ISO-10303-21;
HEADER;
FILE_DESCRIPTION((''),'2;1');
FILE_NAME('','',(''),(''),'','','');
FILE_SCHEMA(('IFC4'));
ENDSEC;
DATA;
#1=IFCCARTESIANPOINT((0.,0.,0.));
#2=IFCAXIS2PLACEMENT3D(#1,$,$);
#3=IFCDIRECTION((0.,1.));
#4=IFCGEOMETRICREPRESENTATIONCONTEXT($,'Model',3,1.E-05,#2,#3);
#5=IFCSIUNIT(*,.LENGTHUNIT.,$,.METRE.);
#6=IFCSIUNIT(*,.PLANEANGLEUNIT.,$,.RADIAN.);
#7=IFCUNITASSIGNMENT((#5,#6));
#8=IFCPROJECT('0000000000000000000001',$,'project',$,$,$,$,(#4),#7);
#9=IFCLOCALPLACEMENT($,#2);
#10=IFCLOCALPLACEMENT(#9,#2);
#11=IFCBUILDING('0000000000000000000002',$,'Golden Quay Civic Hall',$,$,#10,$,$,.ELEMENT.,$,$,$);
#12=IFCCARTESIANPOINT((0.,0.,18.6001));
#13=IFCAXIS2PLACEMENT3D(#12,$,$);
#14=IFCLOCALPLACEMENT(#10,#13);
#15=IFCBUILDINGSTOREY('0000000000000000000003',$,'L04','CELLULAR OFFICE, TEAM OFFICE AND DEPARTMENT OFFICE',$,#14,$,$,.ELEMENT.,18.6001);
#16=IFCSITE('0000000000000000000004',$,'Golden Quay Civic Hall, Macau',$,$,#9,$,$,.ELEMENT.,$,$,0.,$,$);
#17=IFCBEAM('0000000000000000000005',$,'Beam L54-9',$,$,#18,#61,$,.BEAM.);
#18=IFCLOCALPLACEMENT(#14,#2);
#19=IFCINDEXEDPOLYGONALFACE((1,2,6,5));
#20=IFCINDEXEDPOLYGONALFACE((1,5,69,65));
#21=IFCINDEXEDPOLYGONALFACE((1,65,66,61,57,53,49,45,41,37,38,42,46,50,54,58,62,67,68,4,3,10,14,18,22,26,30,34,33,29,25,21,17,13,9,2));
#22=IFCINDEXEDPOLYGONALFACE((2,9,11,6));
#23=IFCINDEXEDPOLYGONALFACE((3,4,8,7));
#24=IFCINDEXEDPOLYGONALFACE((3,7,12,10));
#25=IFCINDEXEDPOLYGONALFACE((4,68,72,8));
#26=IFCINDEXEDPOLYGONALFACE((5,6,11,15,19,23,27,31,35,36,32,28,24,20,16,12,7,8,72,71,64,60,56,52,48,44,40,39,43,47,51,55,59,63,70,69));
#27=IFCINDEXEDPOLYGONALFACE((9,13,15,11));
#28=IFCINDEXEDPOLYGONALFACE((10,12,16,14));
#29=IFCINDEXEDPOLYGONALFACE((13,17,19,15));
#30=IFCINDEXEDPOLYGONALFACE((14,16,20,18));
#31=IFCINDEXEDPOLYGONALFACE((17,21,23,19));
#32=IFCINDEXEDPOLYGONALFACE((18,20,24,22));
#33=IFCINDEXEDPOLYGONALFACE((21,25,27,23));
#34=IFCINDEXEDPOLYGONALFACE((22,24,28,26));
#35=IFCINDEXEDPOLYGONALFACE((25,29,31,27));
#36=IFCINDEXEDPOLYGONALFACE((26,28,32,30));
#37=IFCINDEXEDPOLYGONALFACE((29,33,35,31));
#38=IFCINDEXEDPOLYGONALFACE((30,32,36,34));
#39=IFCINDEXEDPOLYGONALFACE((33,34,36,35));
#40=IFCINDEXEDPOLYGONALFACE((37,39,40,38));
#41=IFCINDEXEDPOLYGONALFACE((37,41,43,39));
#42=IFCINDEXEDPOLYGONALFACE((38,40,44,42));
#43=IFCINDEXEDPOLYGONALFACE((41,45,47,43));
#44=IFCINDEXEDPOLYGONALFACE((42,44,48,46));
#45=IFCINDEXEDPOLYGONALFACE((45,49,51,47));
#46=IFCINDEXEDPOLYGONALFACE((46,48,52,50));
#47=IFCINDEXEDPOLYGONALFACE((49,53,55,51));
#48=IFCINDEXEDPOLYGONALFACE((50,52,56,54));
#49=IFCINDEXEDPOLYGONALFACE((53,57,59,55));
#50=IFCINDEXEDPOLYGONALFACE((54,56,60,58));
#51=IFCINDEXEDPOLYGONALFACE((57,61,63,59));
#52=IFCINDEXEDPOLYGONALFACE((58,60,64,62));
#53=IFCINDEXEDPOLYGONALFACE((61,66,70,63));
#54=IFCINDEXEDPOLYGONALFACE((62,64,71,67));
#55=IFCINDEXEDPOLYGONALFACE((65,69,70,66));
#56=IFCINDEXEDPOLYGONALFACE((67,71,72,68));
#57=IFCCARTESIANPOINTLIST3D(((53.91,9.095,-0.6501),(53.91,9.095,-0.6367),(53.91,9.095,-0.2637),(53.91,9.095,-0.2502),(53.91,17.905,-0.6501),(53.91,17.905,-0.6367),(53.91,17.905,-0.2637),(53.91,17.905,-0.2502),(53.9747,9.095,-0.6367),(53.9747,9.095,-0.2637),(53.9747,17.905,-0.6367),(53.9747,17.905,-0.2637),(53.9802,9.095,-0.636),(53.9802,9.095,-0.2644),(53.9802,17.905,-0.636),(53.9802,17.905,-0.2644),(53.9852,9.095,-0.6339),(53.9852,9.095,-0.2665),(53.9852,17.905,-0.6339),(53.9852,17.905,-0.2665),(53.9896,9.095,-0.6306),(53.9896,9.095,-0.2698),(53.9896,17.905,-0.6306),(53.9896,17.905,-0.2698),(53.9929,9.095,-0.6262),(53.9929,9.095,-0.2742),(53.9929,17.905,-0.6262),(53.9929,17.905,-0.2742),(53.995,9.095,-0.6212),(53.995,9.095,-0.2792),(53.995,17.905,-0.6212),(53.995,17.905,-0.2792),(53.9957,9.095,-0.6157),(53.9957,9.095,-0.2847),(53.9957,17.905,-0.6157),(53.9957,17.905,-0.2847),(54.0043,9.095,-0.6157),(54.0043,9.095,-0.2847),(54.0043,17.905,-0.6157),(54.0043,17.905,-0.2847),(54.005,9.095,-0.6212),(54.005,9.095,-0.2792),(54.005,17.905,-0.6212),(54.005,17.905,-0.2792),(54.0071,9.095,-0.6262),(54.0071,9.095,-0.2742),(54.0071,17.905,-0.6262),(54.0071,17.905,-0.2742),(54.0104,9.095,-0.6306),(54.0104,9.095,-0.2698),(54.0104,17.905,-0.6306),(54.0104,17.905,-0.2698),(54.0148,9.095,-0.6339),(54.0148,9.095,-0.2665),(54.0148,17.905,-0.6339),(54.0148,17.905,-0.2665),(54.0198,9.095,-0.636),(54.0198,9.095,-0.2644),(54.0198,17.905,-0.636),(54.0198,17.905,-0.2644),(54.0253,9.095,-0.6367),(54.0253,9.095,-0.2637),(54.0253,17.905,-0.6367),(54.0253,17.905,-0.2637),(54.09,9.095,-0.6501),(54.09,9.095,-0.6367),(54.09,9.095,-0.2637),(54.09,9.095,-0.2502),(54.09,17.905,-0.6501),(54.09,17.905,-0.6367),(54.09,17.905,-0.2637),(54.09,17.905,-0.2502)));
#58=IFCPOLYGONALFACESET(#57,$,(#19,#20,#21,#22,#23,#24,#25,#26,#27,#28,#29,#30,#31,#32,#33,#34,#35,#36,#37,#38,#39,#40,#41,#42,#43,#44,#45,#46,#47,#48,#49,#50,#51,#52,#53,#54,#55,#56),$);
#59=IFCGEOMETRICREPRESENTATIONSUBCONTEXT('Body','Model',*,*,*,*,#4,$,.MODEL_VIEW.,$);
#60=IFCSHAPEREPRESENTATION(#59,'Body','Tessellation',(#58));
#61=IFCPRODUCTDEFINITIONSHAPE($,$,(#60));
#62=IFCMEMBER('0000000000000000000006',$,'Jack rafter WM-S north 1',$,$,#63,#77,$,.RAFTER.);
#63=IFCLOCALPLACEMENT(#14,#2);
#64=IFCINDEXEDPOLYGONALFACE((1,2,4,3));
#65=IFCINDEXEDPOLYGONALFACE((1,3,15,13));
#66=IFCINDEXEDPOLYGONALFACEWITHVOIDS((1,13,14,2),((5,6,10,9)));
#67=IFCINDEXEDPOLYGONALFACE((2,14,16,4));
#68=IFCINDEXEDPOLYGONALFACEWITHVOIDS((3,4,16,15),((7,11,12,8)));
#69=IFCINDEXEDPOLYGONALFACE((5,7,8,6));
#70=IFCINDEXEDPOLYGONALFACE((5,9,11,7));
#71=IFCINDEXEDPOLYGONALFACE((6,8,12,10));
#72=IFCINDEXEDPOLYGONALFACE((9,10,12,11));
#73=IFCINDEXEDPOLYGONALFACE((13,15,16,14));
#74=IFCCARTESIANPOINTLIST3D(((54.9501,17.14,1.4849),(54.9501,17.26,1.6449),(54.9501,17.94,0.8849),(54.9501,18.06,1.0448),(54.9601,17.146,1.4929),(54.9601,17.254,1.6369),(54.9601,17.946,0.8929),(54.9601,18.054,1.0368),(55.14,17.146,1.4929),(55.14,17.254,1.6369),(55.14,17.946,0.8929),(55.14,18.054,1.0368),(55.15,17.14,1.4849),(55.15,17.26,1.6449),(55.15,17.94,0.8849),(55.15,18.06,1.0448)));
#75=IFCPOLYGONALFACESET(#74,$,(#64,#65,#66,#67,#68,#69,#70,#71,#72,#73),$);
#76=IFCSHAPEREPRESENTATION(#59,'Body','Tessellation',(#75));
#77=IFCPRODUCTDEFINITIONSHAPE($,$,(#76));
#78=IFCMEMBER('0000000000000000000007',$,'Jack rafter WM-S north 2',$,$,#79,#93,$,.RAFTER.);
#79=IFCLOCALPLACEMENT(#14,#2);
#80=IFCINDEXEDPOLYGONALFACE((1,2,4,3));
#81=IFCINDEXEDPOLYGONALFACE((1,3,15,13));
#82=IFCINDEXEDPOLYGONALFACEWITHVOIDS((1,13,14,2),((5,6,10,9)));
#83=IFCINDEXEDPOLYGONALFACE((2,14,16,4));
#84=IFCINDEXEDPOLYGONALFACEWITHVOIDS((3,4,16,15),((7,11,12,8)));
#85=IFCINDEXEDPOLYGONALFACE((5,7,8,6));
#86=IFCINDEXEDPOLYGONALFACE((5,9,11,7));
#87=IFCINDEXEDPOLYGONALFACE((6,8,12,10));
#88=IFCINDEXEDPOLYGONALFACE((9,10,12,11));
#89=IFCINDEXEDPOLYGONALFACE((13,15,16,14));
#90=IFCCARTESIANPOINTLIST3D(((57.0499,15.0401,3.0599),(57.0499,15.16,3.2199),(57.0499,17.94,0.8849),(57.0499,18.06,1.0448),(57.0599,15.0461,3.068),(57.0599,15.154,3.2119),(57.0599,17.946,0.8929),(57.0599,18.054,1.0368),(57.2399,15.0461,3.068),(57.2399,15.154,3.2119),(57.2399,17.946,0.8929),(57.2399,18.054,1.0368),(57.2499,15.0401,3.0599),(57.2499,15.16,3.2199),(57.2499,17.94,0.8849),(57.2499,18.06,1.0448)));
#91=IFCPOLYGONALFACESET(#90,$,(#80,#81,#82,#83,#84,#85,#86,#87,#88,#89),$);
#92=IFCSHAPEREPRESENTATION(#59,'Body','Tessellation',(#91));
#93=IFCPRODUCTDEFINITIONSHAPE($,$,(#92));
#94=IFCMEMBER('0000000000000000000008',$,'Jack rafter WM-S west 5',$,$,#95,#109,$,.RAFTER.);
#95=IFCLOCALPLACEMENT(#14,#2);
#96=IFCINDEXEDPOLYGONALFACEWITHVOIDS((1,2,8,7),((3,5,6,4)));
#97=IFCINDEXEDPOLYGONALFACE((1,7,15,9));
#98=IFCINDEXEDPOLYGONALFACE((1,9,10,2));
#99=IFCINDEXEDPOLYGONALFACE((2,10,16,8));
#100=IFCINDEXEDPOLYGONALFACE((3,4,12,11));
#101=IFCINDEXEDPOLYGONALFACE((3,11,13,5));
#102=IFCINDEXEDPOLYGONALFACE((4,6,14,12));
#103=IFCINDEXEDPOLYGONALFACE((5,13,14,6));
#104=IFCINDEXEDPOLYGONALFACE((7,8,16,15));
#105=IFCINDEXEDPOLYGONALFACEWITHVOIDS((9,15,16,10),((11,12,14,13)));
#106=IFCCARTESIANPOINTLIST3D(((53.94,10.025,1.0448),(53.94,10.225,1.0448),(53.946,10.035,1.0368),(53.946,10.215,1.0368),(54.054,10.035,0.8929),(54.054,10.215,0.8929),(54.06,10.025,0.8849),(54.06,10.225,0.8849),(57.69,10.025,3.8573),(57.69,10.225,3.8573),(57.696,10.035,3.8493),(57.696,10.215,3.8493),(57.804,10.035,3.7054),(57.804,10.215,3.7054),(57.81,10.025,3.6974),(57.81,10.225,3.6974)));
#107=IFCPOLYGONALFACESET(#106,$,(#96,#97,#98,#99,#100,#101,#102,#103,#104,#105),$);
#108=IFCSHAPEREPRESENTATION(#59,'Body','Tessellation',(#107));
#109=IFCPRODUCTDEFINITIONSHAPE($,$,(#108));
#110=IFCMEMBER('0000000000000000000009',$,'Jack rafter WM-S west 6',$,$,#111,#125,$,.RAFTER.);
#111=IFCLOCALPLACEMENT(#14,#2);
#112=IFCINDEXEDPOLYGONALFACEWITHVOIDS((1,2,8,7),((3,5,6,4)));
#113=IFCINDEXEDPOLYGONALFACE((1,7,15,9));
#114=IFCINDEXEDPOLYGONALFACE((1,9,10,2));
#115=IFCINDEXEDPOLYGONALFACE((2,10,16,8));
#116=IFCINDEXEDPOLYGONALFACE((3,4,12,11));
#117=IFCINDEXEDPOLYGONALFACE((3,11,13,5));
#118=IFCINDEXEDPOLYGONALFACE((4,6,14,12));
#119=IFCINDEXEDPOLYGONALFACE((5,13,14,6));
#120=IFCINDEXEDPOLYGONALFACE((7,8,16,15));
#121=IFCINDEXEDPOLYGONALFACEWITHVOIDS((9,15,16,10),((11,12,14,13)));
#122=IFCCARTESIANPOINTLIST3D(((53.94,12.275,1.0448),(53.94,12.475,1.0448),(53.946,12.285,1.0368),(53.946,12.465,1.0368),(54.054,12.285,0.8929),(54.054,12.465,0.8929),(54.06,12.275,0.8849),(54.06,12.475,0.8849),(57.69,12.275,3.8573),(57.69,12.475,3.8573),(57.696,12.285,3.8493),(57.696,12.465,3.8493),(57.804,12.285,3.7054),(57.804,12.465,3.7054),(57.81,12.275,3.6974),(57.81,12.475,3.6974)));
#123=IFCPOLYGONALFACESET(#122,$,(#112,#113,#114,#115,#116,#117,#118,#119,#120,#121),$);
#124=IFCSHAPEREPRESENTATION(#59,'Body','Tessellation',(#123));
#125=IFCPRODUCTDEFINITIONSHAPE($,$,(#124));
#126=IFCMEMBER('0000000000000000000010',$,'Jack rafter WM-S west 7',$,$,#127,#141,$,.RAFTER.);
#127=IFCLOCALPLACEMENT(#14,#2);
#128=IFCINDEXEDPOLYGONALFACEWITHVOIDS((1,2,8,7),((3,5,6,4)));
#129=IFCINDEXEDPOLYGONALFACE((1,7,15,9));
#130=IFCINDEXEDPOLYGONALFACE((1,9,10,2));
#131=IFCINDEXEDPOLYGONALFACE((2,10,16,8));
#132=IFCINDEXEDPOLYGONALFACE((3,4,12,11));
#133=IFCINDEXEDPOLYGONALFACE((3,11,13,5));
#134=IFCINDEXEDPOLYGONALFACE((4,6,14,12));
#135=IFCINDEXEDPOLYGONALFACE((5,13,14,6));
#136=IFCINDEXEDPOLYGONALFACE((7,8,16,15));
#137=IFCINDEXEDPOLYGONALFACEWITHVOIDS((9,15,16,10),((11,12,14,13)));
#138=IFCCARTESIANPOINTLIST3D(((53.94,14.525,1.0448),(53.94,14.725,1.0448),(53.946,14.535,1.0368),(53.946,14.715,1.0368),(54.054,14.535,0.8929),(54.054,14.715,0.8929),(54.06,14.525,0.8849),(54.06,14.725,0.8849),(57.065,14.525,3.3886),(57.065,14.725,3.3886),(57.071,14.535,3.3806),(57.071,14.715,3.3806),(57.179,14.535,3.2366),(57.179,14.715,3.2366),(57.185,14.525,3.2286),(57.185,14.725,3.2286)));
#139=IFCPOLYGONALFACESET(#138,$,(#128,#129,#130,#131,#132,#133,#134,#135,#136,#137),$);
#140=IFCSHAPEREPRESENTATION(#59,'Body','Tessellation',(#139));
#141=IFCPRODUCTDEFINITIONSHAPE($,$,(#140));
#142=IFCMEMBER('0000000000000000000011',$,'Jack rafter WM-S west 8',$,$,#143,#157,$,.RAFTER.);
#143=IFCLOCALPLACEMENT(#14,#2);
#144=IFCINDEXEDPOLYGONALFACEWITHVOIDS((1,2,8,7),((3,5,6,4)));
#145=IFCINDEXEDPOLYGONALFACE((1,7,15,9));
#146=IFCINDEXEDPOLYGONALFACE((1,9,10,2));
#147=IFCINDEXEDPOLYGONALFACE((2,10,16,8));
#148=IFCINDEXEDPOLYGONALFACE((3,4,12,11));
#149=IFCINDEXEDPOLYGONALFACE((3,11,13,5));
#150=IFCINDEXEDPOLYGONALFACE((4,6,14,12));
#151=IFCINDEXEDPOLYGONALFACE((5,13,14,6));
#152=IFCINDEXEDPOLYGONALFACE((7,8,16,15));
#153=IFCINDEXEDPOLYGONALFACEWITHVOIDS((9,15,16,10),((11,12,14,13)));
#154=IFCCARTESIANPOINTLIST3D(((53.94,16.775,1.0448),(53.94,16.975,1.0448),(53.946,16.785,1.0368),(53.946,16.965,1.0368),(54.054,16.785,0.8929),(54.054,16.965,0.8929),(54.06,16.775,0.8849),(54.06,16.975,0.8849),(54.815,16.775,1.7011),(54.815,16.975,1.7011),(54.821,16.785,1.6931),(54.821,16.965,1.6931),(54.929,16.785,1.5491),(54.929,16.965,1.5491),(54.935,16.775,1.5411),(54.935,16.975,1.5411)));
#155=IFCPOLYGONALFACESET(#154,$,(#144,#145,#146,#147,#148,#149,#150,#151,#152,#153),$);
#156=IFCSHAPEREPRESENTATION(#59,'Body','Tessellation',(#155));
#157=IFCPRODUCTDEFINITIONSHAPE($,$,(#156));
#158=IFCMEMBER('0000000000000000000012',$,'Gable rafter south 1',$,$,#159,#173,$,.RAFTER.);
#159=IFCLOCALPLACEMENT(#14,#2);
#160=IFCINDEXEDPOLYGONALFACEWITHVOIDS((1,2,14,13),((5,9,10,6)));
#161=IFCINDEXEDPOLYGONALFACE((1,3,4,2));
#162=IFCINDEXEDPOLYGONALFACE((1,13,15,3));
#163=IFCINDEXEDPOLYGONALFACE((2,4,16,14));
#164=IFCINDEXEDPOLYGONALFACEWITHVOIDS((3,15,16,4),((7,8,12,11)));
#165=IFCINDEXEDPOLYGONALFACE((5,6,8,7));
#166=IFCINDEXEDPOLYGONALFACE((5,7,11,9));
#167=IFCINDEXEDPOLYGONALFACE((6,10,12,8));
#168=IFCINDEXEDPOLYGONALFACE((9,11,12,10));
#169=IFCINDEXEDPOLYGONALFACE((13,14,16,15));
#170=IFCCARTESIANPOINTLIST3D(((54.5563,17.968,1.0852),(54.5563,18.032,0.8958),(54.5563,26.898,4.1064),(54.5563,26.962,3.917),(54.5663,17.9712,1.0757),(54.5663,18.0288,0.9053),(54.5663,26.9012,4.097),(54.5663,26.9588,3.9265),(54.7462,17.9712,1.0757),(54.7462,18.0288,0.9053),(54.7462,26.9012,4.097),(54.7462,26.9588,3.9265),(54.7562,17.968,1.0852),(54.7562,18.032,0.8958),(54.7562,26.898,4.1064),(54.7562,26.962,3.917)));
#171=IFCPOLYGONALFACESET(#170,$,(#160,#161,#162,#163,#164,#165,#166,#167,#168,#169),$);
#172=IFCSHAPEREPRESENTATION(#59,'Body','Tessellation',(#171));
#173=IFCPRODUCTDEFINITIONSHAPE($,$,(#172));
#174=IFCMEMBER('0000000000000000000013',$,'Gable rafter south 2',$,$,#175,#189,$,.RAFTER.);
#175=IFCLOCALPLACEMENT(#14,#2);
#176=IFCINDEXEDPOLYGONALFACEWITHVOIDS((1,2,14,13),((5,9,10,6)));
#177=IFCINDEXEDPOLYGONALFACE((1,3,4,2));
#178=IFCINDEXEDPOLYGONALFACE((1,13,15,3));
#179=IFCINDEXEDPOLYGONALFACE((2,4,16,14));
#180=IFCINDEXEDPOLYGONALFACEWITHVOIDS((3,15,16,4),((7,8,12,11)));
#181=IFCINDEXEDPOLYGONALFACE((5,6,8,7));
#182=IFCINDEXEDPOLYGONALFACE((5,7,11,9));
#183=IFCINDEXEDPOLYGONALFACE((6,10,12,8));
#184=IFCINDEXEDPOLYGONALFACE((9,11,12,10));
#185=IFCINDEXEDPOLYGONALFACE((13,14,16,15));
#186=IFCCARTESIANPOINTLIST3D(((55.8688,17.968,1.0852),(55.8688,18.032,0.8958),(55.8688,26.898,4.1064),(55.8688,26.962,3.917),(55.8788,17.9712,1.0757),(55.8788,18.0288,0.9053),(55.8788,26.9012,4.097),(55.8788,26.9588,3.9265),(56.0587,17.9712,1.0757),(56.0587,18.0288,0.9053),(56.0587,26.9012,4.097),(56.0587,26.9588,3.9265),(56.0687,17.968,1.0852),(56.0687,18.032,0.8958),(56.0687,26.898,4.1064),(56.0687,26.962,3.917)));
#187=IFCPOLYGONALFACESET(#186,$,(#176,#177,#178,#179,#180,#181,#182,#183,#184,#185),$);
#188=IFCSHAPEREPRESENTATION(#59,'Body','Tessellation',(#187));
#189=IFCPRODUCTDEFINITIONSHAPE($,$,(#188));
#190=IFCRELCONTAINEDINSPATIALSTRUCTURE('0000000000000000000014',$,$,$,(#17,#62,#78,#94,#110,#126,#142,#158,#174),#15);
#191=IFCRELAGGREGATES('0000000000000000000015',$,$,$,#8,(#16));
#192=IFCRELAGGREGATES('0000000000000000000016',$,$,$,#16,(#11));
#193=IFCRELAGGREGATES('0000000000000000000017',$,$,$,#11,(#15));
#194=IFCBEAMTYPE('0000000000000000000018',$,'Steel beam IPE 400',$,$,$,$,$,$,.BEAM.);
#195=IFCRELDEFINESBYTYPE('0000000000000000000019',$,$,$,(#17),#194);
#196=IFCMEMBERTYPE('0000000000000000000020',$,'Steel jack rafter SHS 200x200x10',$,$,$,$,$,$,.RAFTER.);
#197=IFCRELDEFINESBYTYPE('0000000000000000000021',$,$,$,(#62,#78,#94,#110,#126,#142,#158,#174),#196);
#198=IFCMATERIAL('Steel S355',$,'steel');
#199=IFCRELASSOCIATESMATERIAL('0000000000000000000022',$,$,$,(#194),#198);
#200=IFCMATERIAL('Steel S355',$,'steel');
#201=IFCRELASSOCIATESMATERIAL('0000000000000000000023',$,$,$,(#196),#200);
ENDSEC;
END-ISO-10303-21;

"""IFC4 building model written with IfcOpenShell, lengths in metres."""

from ifc_helpers import new_model, si_unit, direction, frame, origin, origin_2d, place, context, subcontext, project, spatial, hollow_rectangle, i_section, extrude, material, material_profile, profile_set, type_object, element, save


model = new_model("IFC4")

# Units and contexts
model_context = context("Model", 3, precision=1e-05, world=origin(), true_north=direction((0.0, 1.0)))
body_context = subcontext(model_context, "Body", "Model", "MODEL_VIEW")
ifc_project = project(units=[si_unit("LENGTHUNIT", "METRE"), si_unit("PLANEANGLEUNIT", "RADIAN")], contexts=[model_context])

# Site, building, storey
site_placement = place(None, origin())
site = spatial("IfcSite", under=ifc_project, at=site_placement, Name="Golden Quay Civic Hall, Macau", CompositionType="ELEMENT", RefElevation=0.0)
building_placement = place(site_placement, origin())
building = spatial("IfcBuilding", under=site, at=building_placement, Name="Golden Quay Civic Hall", CompositionType="ELEMENT")
storey_placement = place(building_placement, frame((0.0, 0.0, 18.6001)))
storey = spatial("IfcBuildingStorey", under=building, at=storey_placement, Name="L04", Description="CELLULAR OFFICE, TEAM OFFICE AND DEPARTMENT OFFICE", CompositionType="ELEMENT", Elevation=18.6001)

# Beam
ifc_material_1 = material(Name="Steel S355", Category="steel")
ifc_material_profile_1 = material_profile(ifc_material_1, i_section(OverallWidth=0.1799, OverallDepth=0.3999, WebThickness=0.0085, FlangeThickness=0.0134, FilletRadius=0.021, at=origin_2d()), Name="IPE 400")
ifc_profile_set_1 = profile_set([ifc_material_profile_1], Name="Steel S355")
beam_type_1 = type_object("IfcBeamType", Name="Steel beam IPE 400", PredefinedType="BEAM", material=ifc_profile_set_1)
beam_1_placement = place(storey_placement, frame((54.0, 9.095, -0.4502), z_axis=(0.0, 1.0, 0.0), x_axis=(-1.0, 0.0, 0.0)))
element("IfcBeam", 1, at=beam_1_placement, inside=storey, type_object=beam_type_1, Name="Beam L54-9", PredefinedType="BEAM", context=body_context, shape_type="SweptSolid", body=[
    extrude(i_section(OverallWidth=0.1799, OverallDepth=0.3999, WebThickness=0.0085, FlangeThickness=0.0134, FilletRadius=0.021, at=origin_2d()), origin(), (0.0, 0.0, 1.0), 8.8101),
])

# Members
ifc_material_2 = material(Name="Steel S355", Category="steel")
ifc_material_profile_2 = material_profile(ifc_material_2, hollow_rectangle(XDim=0.2, YDim=0.2, WallThickness=0.01, at=origin_2d()), Name="SHS 200x200x10")
ifc_profile_set_2 = profile_set([ifc_material_profile_2], Name="Steel S355")
member_type_1 = type_object("IfcMemberType", Name="Steel jack rafter SHS 200x200x10", PredefinedType="RAFTER", material=ifc_profile_set_2)
member_1_placement = place(storey_placement, frame((55.05, 18.0, 0.9648), z_axis=(0.0, -0.799971, 0.600039), x_axis=(1.0, 0.0, 0.0)))
element("IfcMember", 2, at=member_1_placement, inside=storey, type_object=member_type_1, Name="Jack rafter WM-S north 1", PredefinedType="RAFTER", context=body_context, shape_type="SweptSolid", body=[
    extrude(hollow_rectangle(XDim=0.2, YDim=0.2, WallThickness=0.01, at=origin_2d()), origin(), (0.0, 0.0, 1.0), 1.0),
])
member_2_placement = place(storey_placement, frame((57.1499, 18.0, 0.9648), z_axis=(0.0, -0.799984, 0.600022), x_axis=(1.0, 0.0, 0.0)))
element("IfcMember", 3, at=member_2_placement, inside=storey, type_object=member_type_1, Name="Jack rafter WM-S north 2", PredefinedType="RAFTER", context=body_context, shape_type="SweptSolid", body=[
    extrude(hollow_rectangle(XDim=0.2, YDim=0.2, WallThickness=0.01, at=origin_2d()), origin(), (0.0, 0.0, 1.0), 3.625),
])
for number, where, z_axis, x_axis, name in (
    (4, (54.0, 10.125, 0.9648), (0.8, 0.0, 0.6), (0.0, 1.0, 0.0), "Jack rafter WM-S west 5"),
    (5, (54.0, 12.375, 0.9648), (0.8, 0.0, 0.6), (0.0, 1.0, 0.0), "Jack rafter WM-S west 6"),
):
    element("IfcMember", number, at=place(storey_placement, frame(where, z_axis=z_axis, x_axis=x_axis)), inside=storey, type_object=member_type_1, Name=name, PredefinedType="RAFTER", context=body_context, shape_type="SweptSolid", body=[
        extrude(hollow_rectangle(XDim=0.2, YDim=0.2, WallThickness=0.01, at=origin_2d()), origin(), (0.0, 0.0, 1.0), 4.6875),
    ])
member_3_placement = place(storey_placement, frame((54.0, 14.625, 0.9648), z_axis=(0.8, 0.0, 0.6), x_axis=(0.0, 1.0, 0.0)))
element("IfcMember", 6, at=member_3_placement, inside=storey, type_object=member_type_1, Name="Jack rafter WM-S west 7", PredefinedType="RAFTER", context=body_context, shape_type="SweptSolid", body=[
    extrude(hollow_rectangle(XDim=0.2, YDim=0.2, WallThickness=0.01, at=origin_2d()), origin(), (0.0, 0.0, 1.0), 3.9062),
])
member_4_placement = place(storey_placement, frame((54.0, 16.875, 0.9648), z_axis=(0.8, 0.0, 0.6), x_axis=(0.0, 1.0, 0.0)))
element("IfcMember", 7, at=member_4_placement, inside=storey, type_object=member_type_1, Name="Jack rafter WM-S west 8", PredefinedType="RAFTER", context=body_context, shape_type="SweptSolid", body=[
    extrude(hollow_rectangle(XDim=0.2, YDim=0.2, WallThickness=0.01, at=origin_2d()), origin(), (0.0, 0.0, 1.0), 1.0938),
])
for number, where, z_axis, x_axis, name in (
    (8, (54.6562, 18.0, 0.9905), (0.0, 0.947255, 0.320482), (-1.0, 0.0, 0.0), "Gable rafter south 1"),
    (9, (55.9688, 18.0, 0.9905), (0.0, 0.947255, 0.320482), (-1.0, 0.0, 0.0), "Gable rafter south 2"),
):
    element("IfcMember", number, at=place(storey_placement, frame(where, z_axis=z_axis, x_axis=x_axis)), inside=storey, type_object=member_type_1, Name=name, PredefinedType="RAFTER", context=body_context, shape_type="SweptSolid", body=[
        extrude(hollow_rectangle(XDim=0.2, YDim=0.2, WallThickness=0.01, at=origin_2d()), origin(), (0.0, 0.0, 1.0), 9.4272),
    ])

save(model, "model.ifc")
